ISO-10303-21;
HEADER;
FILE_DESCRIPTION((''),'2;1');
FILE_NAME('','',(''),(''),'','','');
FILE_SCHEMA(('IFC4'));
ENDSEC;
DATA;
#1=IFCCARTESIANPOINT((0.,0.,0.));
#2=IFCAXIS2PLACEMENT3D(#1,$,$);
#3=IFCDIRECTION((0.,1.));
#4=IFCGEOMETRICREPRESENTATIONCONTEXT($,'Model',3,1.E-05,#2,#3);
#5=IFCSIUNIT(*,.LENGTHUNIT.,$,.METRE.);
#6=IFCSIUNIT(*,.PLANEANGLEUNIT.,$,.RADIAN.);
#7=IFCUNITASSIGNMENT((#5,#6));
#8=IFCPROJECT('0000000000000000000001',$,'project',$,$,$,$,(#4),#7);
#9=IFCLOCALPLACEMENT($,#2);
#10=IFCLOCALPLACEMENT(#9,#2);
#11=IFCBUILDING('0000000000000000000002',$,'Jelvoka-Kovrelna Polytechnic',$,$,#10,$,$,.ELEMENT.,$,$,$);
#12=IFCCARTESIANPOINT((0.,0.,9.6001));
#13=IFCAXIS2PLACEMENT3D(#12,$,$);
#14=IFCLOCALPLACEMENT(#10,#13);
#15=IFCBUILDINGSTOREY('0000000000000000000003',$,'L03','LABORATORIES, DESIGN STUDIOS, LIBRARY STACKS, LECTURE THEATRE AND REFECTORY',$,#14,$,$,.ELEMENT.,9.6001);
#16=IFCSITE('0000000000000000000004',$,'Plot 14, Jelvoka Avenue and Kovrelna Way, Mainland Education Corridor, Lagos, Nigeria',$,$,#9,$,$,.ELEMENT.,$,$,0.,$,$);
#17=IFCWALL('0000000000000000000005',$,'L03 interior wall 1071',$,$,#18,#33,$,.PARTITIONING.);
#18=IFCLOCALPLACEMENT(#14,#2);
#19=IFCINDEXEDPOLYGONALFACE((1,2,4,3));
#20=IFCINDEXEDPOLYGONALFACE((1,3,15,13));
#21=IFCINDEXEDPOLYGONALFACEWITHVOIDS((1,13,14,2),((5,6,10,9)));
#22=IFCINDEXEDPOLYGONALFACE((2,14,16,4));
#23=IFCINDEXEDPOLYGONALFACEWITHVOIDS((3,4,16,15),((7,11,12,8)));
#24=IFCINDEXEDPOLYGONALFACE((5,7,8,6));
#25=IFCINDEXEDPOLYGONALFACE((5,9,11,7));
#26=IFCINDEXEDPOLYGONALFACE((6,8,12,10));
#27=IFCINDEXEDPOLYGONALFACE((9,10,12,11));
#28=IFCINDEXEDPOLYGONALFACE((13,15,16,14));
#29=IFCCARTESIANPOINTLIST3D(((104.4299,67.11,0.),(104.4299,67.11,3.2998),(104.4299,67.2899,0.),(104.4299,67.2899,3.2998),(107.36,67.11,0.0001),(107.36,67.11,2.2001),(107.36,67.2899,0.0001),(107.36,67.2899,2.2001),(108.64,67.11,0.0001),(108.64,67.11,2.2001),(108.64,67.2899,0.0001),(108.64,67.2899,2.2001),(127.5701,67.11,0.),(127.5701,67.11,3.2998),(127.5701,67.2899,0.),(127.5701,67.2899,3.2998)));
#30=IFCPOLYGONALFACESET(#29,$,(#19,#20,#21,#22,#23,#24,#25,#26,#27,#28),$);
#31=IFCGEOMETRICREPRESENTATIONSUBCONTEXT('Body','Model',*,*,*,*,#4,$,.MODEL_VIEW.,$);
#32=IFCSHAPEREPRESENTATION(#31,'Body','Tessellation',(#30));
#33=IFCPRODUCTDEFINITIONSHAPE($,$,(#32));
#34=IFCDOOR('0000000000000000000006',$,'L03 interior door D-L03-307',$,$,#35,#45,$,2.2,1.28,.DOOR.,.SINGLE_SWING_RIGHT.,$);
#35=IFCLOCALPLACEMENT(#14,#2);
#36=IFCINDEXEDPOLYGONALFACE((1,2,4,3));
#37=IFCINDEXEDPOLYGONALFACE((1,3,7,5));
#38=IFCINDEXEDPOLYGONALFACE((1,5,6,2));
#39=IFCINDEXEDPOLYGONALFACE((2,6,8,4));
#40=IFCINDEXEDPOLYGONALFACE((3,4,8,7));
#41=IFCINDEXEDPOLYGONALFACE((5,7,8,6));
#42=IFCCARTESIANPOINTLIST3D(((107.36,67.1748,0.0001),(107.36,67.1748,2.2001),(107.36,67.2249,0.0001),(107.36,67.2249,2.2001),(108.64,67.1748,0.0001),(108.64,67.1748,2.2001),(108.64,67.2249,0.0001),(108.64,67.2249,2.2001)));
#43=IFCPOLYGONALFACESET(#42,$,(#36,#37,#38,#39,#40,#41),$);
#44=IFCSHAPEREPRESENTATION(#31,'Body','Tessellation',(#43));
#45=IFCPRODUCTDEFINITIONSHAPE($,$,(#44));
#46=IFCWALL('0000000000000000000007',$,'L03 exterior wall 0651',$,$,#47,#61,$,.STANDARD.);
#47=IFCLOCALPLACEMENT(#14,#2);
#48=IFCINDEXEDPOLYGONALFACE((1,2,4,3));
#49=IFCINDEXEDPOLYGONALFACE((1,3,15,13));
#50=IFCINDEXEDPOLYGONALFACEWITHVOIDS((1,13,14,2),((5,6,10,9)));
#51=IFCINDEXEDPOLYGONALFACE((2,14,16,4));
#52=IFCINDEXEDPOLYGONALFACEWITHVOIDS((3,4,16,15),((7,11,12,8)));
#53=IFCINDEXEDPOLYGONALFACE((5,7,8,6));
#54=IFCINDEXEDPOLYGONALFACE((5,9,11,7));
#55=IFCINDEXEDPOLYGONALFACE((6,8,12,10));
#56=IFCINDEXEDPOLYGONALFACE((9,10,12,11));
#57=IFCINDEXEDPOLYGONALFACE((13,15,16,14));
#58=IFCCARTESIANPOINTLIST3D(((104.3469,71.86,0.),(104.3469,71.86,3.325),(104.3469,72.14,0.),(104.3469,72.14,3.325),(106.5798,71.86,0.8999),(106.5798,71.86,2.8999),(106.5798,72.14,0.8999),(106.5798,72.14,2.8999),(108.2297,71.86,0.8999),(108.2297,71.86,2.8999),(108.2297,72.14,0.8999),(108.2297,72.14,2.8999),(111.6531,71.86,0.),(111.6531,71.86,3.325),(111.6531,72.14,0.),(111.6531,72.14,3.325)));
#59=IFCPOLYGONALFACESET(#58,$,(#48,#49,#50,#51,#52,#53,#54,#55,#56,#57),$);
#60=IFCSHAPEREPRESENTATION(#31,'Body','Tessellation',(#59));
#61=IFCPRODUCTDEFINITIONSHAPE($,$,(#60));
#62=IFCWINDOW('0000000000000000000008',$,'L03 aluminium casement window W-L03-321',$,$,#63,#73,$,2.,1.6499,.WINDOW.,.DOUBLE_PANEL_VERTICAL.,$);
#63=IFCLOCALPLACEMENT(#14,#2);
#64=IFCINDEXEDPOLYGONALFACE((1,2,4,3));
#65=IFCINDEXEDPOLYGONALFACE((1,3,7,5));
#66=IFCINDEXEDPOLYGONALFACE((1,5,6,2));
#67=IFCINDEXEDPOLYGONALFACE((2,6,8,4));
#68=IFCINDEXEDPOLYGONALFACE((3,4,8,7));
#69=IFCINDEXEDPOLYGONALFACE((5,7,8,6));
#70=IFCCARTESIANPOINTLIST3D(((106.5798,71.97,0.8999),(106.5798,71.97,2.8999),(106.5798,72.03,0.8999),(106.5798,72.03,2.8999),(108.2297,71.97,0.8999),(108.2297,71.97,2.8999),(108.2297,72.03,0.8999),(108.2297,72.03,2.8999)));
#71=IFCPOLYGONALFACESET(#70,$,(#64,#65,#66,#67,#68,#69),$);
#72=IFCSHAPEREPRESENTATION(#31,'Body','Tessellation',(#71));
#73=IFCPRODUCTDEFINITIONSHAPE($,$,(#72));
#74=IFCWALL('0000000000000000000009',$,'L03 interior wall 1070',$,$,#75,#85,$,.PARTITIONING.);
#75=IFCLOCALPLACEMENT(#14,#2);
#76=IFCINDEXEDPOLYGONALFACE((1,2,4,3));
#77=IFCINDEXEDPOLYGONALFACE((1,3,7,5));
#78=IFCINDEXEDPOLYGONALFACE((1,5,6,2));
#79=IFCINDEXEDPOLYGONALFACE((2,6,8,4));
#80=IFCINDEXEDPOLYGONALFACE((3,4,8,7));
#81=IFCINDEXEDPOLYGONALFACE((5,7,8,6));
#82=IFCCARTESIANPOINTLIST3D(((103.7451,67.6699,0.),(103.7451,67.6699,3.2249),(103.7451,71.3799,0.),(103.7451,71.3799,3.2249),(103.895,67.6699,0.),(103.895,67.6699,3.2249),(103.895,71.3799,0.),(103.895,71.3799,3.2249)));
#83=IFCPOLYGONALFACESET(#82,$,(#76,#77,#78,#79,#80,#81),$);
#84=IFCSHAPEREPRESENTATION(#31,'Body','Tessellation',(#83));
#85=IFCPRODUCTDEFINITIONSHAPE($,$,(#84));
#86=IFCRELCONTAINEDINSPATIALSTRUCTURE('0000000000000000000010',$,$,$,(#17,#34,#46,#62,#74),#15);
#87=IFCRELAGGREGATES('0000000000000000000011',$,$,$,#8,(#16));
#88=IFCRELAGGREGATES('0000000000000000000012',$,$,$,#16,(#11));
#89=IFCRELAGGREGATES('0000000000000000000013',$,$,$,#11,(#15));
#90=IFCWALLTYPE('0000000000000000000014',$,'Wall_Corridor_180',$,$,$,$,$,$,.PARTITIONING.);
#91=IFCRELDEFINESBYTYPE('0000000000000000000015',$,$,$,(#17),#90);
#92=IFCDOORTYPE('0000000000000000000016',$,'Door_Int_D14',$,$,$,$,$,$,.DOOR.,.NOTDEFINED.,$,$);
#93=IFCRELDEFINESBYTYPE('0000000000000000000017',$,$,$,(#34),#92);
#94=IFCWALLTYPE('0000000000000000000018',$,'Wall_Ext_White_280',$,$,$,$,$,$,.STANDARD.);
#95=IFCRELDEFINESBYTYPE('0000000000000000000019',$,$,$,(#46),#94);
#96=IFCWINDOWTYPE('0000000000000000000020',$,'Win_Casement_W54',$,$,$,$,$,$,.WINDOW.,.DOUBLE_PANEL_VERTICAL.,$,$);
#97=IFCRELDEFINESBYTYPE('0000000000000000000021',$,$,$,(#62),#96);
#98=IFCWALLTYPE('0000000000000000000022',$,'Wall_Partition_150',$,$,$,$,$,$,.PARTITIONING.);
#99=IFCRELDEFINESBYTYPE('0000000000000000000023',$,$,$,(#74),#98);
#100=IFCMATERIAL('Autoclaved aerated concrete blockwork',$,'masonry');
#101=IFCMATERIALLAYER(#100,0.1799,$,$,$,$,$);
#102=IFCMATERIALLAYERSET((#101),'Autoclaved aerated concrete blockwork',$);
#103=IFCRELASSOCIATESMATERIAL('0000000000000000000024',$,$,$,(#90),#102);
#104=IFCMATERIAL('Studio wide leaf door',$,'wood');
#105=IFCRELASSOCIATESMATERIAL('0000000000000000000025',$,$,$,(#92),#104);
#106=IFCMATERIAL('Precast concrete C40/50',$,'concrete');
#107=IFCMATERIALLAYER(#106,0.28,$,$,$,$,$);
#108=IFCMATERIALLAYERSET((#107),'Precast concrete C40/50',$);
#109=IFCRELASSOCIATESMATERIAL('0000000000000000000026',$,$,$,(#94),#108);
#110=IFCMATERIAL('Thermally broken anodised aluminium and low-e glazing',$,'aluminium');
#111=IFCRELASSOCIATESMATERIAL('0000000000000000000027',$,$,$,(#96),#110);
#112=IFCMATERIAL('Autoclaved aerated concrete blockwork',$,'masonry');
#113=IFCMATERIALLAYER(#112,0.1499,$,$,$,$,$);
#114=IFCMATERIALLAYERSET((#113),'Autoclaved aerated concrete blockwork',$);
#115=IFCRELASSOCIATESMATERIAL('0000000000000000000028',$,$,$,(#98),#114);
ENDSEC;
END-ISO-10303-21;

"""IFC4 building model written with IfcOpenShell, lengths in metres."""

from ifc_helpers import new_model, si_unit, direction, frame, frame_2d, origin, place, context, subcontext, project, spatial, rectangle, extrude, material, layer, layer_set, type_object, element, fill, save


model = new_model("IFC4")

# Units and contexts
model_context = context("Model", 3, precision=1e-05, world=origin(), true_north=direction((0.0, 1.0)))
body_context = subcontext(model_context, "Body", "Model", "MODEL_VIEW")
ifc_project = project(units=[si_unit("LENGTHUNIT", "METRE"), si_unit("PLANEANGLEUNIT", "RADIAN")], contexts=[model_context])

# Site, building, storey
site_placement = place(None, origin())
site = spatial("IfcSite", under=ifc_project, at=site_placement, Name="Plot 14, Jelvoka Avenue and Kovrelna Way, Mainland Education Corridor, Lagos, Nigeria", CompositionType="ELEMENT", RefElevation=0.0)
building_placement = place(site_placement, origin())
building = spatial("IfcBuilding", under=site, at=building_placement, Name="Jelvoka-Kovrelna Polytechnic", CompositionType="ELEMENT")
storey_placement = place(building_placement, frame((0.0, 0.0, 9.6001)))
storey = spatial("IfcBuildingStorey", under=building, at=storey_placement, Name="L03", Description="LABORATORIES, DESIGN STUDIOS, LIBRARY STACKS, LECTURE THEATRE AND REFECTORY", CompositionType="ELEMENT", Elevation=9.6001)

# Wall, opening, door
ifc_material_1 = material(Name="Autoclaved aerated concrete blockwork", Category="masonry")
ifc_layer_1 = layer(ifc_material_1, 0.1799)
ifc_layer_set_1 = layer_set([ifc_layer_1], Name="Autoclaved aerated concrete blockwork")
wall_type_1 = type_object("IfcWallType", Name="Wall_Corridor_180", PredefinedType="PARTITIONING", material=ifc_layer_set_1)
wall_1_placement = place(storey_placement, frame((104.4299, 67.2, 0.0), z_axis=(0.0, 0.0, 1.0), x_axis=(1.0, 0.0, 0.0)))
wall_1 = element("IfcWall", 1, at=wall_1_placement, inside=storey, type_object=wall_type_1, Name="L03 interior wall 1071", PredefinedType="PARTITIONING", context=body_context, shape_type="SweptSolid", body=[
    extrude(rectangle(XDim=23.1401, YDim=0.1799, at=frame_2d((11.5701, 0.0))), origin(), (0.0, 0.0, 1.0), 3.2998),
])
opening_1_placement = place(wall_1_placement, frame((2.9299, 0.0, 0.0)))
opening_1 = element("IfcOpeningElement", 2, at=opening_1_placement, cuts=wall_1, PredefinedType="OPENING", context=body_context, shape_type="SweptSolid", body=[
    extrude(rectangle(XDim=1.28, YDim=2.2, at=frame_2d((0.6401, 1.1001))), frame((0.0, 0.0999, 0.0), z_axis=(0.0, -1.0, 0.0), x_axis=(1.0, 0.0, 0.0)), (0.0, 0.0, 1.0), 0.2),
])
ifc_material_2 = material(Name="Studio wide leaf door", Category="wood")
door_type_1 = type_object("IfcDoorType", Name="Door_Int_D14", OperationType="NOTDEFINED", PredefinedType="DOOR", material=ifc_material_2)
door_1_placement = place(opening_1_placement, origin())
door_1 = element("IfcDoor", 3, at=door_1_placement, inside=storey, type_object=door_type_1, Name="L03 interior door D-L03-307", OperationType="SINGLE_SWING_RIGHT", OverallHeight=2.2, OverallWidth=1.28, PredefinedType="DOOR", context=body_context, shape_type="SweptSolid", body=[
    extrude(rectangle(XDim=1.28, YDim=2.2, at=frame_2d((0.6401, 1.1001))), frame((0.0, 0.0249, 0.0), z_axis=(0.0, -1.0, 0.0), x_axis=(1.0, 0.0, 0.0)), (0.0, 0.0, 1.0), 0.05),
])
fill(opening_1, door_1)

# Wall, opening, window
ifc_material_3 = material(Name="Precast concrete C40/50", Category="concrete")
ifc_layer_2 = layer(ifc_material_3, 0.28)
ifc_layer_set_2 = layer_set([ifc_layer_2], Name="Precast concrete C40/50")
wall_type_2 = type_object("IfcWallType", Name="Wall_Ext_White_280", PredefinedType="STANDARD", material=ifc_layer_set_2)
wall_2_placement = place(storey_placement, frame((104.3469, 72.0, 0.0), z_axis=(0.0, 0.0, 1.0), x_axis=(1.0, 0.0, 0.0)))
wall_2 = element("IfcWall", 4, at=wall_2_placement, inside=storey, type_object=wall_type_2, Name="L03 exterior wall 0651", PredefinedType="STANDARD", context=body_context, shape_type="SweptSolid", body=[
    extrude(rectangle(XDim=7.3062, YDim=0.28, at=frame_2d((3.6531, 0.0))), origin(), (0.0, 0.0, 1.0), 3.325),
])
opening_2_placement = place(wall_2_placement, frame((2.2329, 0.0, 0.8999)))
opening_2 = element("IfcOpeningElement", 5, at=opening_2_placement, cuts=wall_2, PredefinedType="OPENING", context=body_context, shape_type="SweptSolid", body=[
    extrude(rectangle(XDim=1.6499, YDim=2.0, at=frame_2d((0.825, 1.0))), frame((0.0, 0.1501, 0.0), z_axis=(0.0, -1.0, 0.0), x_axis=(1.0, 0.0, 0.0)), (0.0, 0.0, 1.0), 0.3),
])
ifc_material_4 = material(Name="Thermally broken anodised aluminium and low-e glazing", Category="aluminium")
window_type = type_object("IfcWindowType", Name="Win_Casement_W54", PartitioningType="DOUBLE_PANEL_VERTICAL", PredefinedType="WINDOW", material=ifc_material_4)
window_placement = place(opening_2_placement, origin())
window = element("IfcWindow", 6, at=window_placement, inside=storey, type_object=window_type, Name="L03 aluminium casement window W-L03-321", OverallHeight=2.0, OverallWidth=1.6499, PartitioningType="DOUBLE_PANEL_VERTICAL", PredefinedType="WINDOW", context=body_context, shape_type="SweptSolid", body=[
    extrude(rectangle(XDim=1.6499, YDim=2.0, at=frame_2d((0.825, 1.0))), frame((0.0, 0.03, 0.0), z_axis=(0.0, -1.0, 0.0), x_axis=(1.0, 0.0, 0.0)), (0.0, 0.0, 1.0), 0.0601),
])
fill(opening_2, window)

# Wall
ifc_material_5 = material(Name="Autoclaved aerated concrete blockwork", Category="masonry")
ifc_layer_3 = layer(ifc_material_5, 0.1499)
ifc_layer_set_3 = layer_set([ifc_layer_3], Name="Autoclaved aerated concrete blockwork")
wall_type_3 = type_object("IfcWallType", Name="Wall_Partition_150", PredefinedType="PARTITIONING", material=ifc_layer_set_3)
wall_3_placement = place(storey_placement, frame((103.8201, 67.6699, 0.0), z_axis=(0.0, 0.0, 1.0), x_axis=(0.0, 1.0, 0.0)))
element("IfcWall", 7, at=wall_3_placement, inside=storey, type_object=wall_type_3, Name="L03 interior wall 1070", PredefinedType="PARTITIONING", context=body_context, shape_type="SweptSolid", body=[
    extrude(rectangle(XDim=3.71, YDim=0.1499, at=frame_2d((1.855, 0.0))), origin(), (0.0, 0.0, 1.0), 3.2249),
])

save(model, "model.ifc")
